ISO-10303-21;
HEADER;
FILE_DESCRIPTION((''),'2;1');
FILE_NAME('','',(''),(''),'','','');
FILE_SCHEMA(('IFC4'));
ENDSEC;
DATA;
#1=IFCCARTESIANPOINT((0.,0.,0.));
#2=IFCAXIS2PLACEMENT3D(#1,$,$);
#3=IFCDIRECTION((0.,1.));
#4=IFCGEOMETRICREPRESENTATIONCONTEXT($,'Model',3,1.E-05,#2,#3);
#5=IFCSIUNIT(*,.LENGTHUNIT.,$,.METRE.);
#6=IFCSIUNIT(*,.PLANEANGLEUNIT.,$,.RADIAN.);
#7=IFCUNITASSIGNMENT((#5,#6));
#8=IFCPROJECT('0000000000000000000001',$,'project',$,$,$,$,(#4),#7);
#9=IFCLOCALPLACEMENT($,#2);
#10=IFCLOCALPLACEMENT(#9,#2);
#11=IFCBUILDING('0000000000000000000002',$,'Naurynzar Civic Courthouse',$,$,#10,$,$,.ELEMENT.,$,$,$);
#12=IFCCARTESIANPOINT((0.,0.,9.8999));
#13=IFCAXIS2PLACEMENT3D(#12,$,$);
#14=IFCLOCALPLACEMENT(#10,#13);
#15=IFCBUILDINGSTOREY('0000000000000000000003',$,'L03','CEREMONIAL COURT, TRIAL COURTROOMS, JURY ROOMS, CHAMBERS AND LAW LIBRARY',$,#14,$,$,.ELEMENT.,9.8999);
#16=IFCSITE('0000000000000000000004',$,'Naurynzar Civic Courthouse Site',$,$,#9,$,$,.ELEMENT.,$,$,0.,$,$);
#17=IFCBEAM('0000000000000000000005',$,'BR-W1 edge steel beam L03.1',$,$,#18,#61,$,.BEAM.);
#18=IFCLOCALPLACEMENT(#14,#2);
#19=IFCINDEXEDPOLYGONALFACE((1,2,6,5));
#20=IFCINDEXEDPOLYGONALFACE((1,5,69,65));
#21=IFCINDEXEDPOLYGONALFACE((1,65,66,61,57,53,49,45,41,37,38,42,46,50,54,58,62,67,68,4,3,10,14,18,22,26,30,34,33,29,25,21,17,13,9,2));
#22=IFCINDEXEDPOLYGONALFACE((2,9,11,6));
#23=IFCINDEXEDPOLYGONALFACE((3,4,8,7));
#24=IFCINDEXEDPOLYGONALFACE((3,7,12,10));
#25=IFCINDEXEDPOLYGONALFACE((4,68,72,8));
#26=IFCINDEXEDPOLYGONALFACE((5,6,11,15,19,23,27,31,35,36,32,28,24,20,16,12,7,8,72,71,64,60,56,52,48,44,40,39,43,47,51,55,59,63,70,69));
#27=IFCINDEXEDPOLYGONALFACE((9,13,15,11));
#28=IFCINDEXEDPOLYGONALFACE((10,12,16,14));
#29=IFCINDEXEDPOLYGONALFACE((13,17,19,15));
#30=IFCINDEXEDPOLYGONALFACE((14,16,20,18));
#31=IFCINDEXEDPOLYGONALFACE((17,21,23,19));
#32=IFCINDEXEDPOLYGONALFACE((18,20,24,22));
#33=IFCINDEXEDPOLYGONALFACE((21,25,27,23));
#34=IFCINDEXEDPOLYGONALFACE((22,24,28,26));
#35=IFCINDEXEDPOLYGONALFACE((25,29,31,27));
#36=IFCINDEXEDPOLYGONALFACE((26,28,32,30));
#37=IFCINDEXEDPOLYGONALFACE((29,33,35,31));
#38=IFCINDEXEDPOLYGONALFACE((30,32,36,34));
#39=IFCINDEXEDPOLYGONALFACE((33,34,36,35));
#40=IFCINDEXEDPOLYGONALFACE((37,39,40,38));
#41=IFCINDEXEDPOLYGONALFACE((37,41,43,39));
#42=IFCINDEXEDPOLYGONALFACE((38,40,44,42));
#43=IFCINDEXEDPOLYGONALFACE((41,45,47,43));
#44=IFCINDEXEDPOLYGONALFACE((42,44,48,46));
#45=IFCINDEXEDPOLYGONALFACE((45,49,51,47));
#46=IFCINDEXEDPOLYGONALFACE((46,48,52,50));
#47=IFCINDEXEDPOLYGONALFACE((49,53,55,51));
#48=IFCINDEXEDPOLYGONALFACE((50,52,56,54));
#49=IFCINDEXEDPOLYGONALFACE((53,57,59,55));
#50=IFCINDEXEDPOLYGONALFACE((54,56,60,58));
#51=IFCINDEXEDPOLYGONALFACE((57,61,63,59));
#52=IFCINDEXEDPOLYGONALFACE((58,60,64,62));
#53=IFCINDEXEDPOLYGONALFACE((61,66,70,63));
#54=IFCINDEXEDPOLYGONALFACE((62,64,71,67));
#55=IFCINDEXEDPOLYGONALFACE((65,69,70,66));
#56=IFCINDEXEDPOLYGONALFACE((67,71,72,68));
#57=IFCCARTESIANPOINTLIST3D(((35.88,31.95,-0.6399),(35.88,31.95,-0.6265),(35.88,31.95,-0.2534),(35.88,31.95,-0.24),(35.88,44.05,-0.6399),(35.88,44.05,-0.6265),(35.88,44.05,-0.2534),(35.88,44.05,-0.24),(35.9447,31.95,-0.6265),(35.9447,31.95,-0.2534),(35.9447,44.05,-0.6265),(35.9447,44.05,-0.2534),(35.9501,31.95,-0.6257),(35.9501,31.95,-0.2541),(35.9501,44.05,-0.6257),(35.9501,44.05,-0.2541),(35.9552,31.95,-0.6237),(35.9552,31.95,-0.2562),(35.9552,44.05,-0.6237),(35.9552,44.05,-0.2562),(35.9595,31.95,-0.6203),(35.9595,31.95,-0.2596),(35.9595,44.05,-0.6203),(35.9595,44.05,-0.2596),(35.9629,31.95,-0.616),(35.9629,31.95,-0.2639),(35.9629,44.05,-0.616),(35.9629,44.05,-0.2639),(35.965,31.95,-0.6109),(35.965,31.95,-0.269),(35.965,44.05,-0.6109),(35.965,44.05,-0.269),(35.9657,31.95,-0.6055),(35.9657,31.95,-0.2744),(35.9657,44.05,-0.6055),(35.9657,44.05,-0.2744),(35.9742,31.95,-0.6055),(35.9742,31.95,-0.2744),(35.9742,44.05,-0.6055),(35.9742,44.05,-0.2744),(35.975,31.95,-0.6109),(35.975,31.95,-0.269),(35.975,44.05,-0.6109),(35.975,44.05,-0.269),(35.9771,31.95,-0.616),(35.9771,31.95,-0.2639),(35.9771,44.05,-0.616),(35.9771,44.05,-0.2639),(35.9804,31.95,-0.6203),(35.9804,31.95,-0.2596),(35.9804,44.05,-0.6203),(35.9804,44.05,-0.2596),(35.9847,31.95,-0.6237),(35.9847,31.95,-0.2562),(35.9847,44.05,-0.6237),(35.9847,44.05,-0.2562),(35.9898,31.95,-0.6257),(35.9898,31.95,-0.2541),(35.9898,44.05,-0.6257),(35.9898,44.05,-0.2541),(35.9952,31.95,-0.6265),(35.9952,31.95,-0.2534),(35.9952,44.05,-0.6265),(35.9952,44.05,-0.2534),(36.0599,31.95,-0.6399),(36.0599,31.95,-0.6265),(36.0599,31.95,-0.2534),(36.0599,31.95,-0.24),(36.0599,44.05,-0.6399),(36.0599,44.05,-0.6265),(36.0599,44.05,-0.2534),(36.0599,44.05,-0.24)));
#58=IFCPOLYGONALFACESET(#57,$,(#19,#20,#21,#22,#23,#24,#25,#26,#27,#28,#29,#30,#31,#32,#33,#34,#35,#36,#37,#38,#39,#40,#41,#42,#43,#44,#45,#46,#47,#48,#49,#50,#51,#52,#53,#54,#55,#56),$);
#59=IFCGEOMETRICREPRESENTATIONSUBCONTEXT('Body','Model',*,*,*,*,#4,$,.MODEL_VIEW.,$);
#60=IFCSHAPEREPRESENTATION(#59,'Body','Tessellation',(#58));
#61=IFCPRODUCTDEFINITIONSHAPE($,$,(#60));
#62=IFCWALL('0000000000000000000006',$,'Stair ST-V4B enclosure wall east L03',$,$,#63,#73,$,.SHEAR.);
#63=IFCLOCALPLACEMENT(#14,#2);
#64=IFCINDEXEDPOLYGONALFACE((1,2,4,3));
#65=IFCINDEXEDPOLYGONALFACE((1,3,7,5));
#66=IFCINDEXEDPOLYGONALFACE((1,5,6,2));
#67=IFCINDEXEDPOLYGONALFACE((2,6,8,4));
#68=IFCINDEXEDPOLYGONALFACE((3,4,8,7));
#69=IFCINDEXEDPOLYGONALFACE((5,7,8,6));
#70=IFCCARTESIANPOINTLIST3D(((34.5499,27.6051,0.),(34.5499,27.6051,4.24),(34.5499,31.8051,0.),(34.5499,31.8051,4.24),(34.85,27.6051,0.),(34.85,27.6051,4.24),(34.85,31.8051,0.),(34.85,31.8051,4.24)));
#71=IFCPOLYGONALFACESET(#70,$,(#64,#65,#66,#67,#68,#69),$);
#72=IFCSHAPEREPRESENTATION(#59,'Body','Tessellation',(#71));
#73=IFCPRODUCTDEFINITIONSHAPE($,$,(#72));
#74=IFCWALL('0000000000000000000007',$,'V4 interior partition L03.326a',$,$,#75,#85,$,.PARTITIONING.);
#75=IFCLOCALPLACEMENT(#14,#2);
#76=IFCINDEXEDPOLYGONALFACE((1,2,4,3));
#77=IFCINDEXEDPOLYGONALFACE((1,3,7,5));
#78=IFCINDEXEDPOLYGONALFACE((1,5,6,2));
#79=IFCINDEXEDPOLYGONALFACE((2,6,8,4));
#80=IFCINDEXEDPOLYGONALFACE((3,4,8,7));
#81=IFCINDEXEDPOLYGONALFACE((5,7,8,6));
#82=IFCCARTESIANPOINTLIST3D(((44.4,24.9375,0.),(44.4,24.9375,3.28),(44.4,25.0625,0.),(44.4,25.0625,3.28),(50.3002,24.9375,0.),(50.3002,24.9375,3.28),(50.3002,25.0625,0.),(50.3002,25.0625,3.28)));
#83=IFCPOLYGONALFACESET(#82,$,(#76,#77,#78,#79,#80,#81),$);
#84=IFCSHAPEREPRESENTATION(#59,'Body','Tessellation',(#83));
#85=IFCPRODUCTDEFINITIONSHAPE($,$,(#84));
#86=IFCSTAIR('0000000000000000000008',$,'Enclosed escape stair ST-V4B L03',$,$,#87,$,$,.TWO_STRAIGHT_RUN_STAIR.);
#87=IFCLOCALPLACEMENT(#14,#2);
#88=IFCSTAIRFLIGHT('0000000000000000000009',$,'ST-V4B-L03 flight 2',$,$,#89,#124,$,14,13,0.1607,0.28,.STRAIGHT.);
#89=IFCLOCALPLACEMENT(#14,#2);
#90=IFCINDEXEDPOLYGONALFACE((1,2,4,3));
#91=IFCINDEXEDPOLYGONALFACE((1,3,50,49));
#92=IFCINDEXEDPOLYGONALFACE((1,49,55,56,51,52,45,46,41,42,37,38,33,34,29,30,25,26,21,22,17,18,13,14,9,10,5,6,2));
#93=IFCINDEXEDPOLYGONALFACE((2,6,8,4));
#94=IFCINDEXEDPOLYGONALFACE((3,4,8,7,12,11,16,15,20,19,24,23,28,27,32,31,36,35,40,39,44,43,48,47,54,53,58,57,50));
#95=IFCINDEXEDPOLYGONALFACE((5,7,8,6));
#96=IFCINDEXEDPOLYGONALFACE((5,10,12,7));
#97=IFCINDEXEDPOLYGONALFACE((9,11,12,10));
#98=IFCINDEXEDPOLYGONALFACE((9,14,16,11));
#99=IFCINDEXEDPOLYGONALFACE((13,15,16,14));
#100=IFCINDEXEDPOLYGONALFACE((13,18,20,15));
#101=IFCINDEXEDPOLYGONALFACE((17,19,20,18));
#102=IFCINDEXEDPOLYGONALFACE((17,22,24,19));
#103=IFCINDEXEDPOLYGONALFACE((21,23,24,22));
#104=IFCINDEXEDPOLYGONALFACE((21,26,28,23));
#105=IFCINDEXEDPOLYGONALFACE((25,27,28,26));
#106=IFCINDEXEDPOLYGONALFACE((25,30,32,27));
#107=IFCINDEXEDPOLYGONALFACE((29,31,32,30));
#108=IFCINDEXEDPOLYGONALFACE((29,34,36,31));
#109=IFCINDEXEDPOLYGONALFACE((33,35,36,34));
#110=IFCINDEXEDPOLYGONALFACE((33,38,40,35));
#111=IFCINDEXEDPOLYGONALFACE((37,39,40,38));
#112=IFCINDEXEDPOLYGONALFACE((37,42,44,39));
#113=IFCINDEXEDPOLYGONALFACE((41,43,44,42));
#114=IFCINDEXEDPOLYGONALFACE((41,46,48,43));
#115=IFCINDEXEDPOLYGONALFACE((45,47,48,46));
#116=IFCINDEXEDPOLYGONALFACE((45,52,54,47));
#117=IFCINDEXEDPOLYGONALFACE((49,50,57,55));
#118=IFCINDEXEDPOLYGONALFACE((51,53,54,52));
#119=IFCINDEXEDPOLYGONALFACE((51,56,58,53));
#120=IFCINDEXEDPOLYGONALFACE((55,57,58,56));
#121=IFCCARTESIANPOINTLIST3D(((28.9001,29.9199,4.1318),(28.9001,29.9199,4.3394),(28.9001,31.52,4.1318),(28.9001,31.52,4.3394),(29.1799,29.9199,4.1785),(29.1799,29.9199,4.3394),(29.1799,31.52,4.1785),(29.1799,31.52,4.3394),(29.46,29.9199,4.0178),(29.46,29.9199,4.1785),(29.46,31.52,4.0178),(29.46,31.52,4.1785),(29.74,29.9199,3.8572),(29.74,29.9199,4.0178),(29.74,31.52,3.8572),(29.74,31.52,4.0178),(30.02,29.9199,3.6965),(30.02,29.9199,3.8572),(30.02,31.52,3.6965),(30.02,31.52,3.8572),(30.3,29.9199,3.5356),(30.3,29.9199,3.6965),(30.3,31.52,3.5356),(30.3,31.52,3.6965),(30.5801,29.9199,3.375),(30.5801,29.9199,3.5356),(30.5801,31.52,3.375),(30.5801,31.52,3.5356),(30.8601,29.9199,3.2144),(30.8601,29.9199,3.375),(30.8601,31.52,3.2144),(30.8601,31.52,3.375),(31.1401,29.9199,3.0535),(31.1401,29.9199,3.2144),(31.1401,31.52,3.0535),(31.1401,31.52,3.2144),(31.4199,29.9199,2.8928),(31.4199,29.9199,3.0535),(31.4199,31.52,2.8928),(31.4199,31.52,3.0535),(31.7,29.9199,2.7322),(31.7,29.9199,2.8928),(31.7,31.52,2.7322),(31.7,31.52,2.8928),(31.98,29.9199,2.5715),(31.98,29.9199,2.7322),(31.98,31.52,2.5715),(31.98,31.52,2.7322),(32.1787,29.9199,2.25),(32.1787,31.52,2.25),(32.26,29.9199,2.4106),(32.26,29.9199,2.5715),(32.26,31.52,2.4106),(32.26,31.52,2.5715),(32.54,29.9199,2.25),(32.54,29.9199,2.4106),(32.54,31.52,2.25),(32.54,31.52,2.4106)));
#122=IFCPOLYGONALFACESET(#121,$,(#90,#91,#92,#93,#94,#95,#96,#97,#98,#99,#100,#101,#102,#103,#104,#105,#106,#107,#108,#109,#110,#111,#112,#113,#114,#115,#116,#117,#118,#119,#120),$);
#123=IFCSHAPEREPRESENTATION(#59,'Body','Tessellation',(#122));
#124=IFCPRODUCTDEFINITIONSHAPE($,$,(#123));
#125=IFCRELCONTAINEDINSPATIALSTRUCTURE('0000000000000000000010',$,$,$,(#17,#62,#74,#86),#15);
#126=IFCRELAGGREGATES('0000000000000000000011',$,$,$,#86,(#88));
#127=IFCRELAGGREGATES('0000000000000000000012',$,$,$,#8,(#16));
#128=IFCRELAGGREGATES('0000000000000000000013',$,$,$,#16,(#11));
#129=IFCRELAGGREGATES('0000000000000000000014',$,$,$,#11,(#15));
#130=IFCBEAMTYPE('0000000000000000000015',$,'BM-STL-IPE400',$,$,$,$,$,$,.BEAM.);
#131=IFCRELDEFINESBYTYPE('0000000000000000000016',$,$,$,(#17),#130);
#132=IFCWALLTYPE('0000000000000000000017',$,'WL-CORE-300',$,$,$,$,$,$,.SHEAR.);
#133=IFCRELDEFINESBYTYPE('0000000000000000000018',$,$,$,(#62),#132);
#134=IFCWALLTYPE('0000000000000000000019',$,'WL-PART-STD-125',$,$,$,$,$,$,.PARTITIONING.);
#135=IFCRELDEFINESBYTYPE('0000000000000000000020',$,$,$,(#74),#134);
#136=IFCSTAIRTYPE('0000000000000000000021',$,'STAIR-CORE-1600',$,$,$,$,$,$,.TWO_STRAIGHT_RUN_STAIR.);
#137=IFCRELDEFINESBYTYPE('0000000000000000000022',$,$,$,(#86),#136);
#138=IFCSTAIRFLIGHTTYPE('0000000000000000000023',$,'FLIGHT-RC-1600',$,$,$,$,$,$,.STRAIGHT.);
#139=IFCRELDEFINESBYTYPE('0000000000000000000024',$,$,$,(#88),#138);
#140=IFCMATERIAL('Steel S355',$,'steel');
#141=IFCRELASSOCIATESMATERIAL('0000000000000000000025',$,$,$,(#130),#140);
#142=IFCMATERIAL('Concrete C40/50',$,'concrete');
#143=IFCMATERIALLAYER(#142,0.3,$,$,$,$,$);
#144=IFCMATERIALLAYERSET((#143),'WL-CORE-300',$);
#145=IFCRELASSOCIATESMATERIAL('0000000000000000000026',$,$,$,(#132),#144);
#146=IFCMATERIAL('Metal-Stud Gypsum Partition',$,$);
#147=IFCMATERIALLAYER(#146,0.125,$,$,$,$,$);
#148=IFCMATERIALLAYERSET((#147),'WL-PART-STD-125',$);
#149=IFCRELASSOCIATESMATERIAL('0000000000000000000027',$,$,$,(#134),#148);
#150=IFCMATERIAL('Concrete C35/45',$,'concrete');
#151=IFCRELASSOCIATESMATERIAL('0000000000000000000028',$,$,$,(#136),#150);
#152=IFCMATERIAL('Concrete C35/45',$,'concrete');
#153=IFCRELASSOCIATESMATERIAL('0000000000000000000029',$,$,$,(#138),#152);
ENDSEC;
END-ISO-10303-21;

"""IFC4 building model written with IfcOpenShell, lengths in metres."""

from ifc_helpers import new_model, si_unit, direction, frame, frame_2d, origin, origin_2d, place, context, subcontext, project, spatial, polyline, rectangle, i_section, outline, extrude, material, layer, layer_set, material_profile, profile_set, type_object, element, aggregate, save


model = new_model("IFC4")

# Units and contexts
model_context = context("Model", 3, precision=1e-05, world=origin(), true_north=direction((0.0, 1.0)))
body_context = subcontext(model_context, "Body", "Model", "MODEL_VIEW")
ifc_project = project(units=[si_unit("LENGTHUNIT", "METRE"), si_unit("PLANEANGLEUNIT", "RADIAN")], contexts=[model_context])

# Site, building, storey
site_placement = place(None, origin())
site = spatial("IfcSite", under=ifc_project, at=site_placement, Name="Naurynzar Civic Courthouse Site", CompositionType="ELEMENT", RefElevation=0.0)
building_placement = place(site_placement, origin())
building = spatial("IfcBuilding", under=site, at=building_placement, Name="Naurynzar Civic Courthouse", CompositionType="ELEMENT")
storey_placement = place(building_placement, frame((0.0, 0.0, 9.8999)))
storey = spatial("IfcBuildingStorey", under=building, at=storey_placement, Name="L03", Description="CEREMONIAL COURT, TRIAL COURTROOMS, JURY ROOMS, CHAMBERS AND LAW LIBRARY", CompositionType="ELEMENT", Elevation=9.8999)

# Beam
ifc_material_1 = material(Name="Steel S355", Category="steel")
ifc_material_profile_1 = material_profile(ifc_material_1, i_section(OverallWidth=0.1799, OverallDepth=0.3999, WebThickness=0.0085, FlangeThickness=0.0134, FilletRadius=0.021, at=origin_2d()), Name="IPE 400")
ifc_profile_set_1 = profile_set([ifc_material_profile_1], Name="Steel S355")
beam_type_1 = type_object("IfcBeamType", Name="BM-STL-IPE400", PredefinedType="BEAM", material=ifc_profile_set_1)
beam_1_placement = place(storey_placement, frame((35.97, 31.95, -0.4399), z_axis=(0.0, 1.0, 0.0), x_axis=(-1.0, 0.0, 0.0)))
element("IfcBeam", 1, at=beam_1_placement, inside=storey, type_object=beam_type_1, Name="BR-W1 edge steel beam L03.1", PredefinedType="BEAM", context=body_context, shape_type="SweptSolid", body=[
    extrude(i_section(OverallWidth=0.1799, OverallDepth=0.3999, WebThickness=0.0085, FlangeThickness=0.0134, FilletRadius=0.021, at=origin_2d()), origin(), (0.0, 0.0, 1.0), 12.1001),
])

# Walls
ifc_material_2 = material(Name="Concrete C40/50", Category="concrete")
ifc_layer_1 = layer(ifc_material_2, 0.3)
ifc_layer_set_1 = layer_set([ifc_layer_1], Name="WL-CORE-300")
wall_type_1 = type_object("IfcWallType", Name="WL-CORE-300", PredefinedType="SHEAR", material=ifc_layer_set_1)
wall_1_placement = place(storey_placement, frame((34.7, 27.605, 0.0), z_axis=(0.0, 0.0, 1.0), x_axis=(0.0, 1.0, 0.0)))
element("IfcWall", 2, at=wall_1_placement, inside=storey, type_object=wall_type_1, Name="Stair ST-V4B enclosure wall east L03", PredefinedType="SHEAR", context=body_context, shape_type="SweptSolid", body=[
    extrude(rectangle(XDim=4.2, YDim=0.3, at=frame_2d((2.1001, 0.0))), origin(), (0.0, 0.0, 1.0), 4.24),
])
ifc_material_3 = material(Name="Metal-Stud Gypsum Partition")
ifc_layer_2 = layer(ifc_material_3, 0.125)
ifc_layer_set_2 = layer_set([ifc_layer_2], Name="WL-PART-STD-125")
wall_type_2 = type_object("IfcWallType", Name="WL-PART-STD-125", PredefinedType="PARTITIONING", material=ifc_layer_set_2)
wall_2_placement = place(storey_placement, frame((44.3999, 25.0, 0.0), z_axis=(0.0, 0.0, 1.0), x_axis=(1.0, 0.0, 0.0)))
element("IfcWall", 3, at=wall_2_placement, inside=storey, type_object=wall_type_2, Name="V4 interior partition L03.326a", PredefinedType="PARTITIONING", context=body_context, shape_type="SweptSolid", body=[
    extrude(rectangle(XDim=5.9001, YDim=0.125, at=frame_2d((2.9502, 0.0))), origin(), (0.0, 0.0, 1.0), 3.28),
])

# Stair, stair flight
ifc_material_4 = material(Name="Concrete C35/45", Category="concrete")
stair_type = type_object("IfcStairType", Name="STAIR-CORE-1600", PredefinedType="TWO_STRAIGHT_RUN_STAIR", material=ifc_material_4)
stair_placement = place(storey_placement, origin())
stair = element("IfcStair", 4, at=stair_placement, inside=storey, type_object=stair_type, Name="Enclosed escape stair ST-V4B L03", PredefinedType="TWO_STRAIGHT_RUN_STAIR")
ifc_material_5 = material(Name="Concrete C35/45", Category="concrete")
stair_flight_type = type_object("IfcStairFlightType", Name="FLIGHT-RC-1600", PredefinedType="STRAIGHT", material=ifc_material_5)
stair_flight_placement = place(storey_placement, frame((32.54, 30.72, 2.25), z_axis=(0.0, 0.0, 1.0), x_axis=(-1.0, 0.0, 0.0)))
stair_flight = element("IfcStairFlight", 5, at=stair_flight_placement, type_object=stair_flight_type, Name="ST-V4B-L03 flight 2", NumberOfRisers=14, NumberOfTreads=13, PredefinedType="STRAIGHT", RiserHeight=0.1607, TreadLength=0.28, context=body_context, shape_type="SweptSolid", body=[
    extrude(outline(polyline([(0.0, 0.0), (0.0, 0.1606), (0.28, 0.1606), (0.28, 0.3215), (0.5601, 0.3215), (0.5601, 0.4822), (0.8401, 0.4822), (0.8401, 0.6428), (1.1201, 0.6428), (1.1201, 0.8035), (1.3999, 0.8035), (1.3999, 0.9644), (1.6799, 0.9644), (1.6799, 1.125), (1.96, 1.125), (1.96, 1.2856), (2.24, 1.2856), (2.24, 1.4465), (2.52, 1.4465), (2.52, 1.6072), (2.8, 1.6072), (2.8, 1.7678), (3.0801, 1.7678), (3.0801, 1.9285), (3.3601, 1.9285), (3.3601, 2.0894), (3.6399, 2.0894), (3.6399, 2.25), (3.6399, 1.8818), (0.3613, 0.0), (0.0, 0.0)])), frame((0.0, 0.8, 0.0), z_axis=(0.0, -1.0, 0.0), x_axis=(1.0, 0.0, 0.0)), (0.0, 0.0, 1.0), 1.6001),
])
aggregate(stair, [stair_flight])

save(model, "model.ifc")
